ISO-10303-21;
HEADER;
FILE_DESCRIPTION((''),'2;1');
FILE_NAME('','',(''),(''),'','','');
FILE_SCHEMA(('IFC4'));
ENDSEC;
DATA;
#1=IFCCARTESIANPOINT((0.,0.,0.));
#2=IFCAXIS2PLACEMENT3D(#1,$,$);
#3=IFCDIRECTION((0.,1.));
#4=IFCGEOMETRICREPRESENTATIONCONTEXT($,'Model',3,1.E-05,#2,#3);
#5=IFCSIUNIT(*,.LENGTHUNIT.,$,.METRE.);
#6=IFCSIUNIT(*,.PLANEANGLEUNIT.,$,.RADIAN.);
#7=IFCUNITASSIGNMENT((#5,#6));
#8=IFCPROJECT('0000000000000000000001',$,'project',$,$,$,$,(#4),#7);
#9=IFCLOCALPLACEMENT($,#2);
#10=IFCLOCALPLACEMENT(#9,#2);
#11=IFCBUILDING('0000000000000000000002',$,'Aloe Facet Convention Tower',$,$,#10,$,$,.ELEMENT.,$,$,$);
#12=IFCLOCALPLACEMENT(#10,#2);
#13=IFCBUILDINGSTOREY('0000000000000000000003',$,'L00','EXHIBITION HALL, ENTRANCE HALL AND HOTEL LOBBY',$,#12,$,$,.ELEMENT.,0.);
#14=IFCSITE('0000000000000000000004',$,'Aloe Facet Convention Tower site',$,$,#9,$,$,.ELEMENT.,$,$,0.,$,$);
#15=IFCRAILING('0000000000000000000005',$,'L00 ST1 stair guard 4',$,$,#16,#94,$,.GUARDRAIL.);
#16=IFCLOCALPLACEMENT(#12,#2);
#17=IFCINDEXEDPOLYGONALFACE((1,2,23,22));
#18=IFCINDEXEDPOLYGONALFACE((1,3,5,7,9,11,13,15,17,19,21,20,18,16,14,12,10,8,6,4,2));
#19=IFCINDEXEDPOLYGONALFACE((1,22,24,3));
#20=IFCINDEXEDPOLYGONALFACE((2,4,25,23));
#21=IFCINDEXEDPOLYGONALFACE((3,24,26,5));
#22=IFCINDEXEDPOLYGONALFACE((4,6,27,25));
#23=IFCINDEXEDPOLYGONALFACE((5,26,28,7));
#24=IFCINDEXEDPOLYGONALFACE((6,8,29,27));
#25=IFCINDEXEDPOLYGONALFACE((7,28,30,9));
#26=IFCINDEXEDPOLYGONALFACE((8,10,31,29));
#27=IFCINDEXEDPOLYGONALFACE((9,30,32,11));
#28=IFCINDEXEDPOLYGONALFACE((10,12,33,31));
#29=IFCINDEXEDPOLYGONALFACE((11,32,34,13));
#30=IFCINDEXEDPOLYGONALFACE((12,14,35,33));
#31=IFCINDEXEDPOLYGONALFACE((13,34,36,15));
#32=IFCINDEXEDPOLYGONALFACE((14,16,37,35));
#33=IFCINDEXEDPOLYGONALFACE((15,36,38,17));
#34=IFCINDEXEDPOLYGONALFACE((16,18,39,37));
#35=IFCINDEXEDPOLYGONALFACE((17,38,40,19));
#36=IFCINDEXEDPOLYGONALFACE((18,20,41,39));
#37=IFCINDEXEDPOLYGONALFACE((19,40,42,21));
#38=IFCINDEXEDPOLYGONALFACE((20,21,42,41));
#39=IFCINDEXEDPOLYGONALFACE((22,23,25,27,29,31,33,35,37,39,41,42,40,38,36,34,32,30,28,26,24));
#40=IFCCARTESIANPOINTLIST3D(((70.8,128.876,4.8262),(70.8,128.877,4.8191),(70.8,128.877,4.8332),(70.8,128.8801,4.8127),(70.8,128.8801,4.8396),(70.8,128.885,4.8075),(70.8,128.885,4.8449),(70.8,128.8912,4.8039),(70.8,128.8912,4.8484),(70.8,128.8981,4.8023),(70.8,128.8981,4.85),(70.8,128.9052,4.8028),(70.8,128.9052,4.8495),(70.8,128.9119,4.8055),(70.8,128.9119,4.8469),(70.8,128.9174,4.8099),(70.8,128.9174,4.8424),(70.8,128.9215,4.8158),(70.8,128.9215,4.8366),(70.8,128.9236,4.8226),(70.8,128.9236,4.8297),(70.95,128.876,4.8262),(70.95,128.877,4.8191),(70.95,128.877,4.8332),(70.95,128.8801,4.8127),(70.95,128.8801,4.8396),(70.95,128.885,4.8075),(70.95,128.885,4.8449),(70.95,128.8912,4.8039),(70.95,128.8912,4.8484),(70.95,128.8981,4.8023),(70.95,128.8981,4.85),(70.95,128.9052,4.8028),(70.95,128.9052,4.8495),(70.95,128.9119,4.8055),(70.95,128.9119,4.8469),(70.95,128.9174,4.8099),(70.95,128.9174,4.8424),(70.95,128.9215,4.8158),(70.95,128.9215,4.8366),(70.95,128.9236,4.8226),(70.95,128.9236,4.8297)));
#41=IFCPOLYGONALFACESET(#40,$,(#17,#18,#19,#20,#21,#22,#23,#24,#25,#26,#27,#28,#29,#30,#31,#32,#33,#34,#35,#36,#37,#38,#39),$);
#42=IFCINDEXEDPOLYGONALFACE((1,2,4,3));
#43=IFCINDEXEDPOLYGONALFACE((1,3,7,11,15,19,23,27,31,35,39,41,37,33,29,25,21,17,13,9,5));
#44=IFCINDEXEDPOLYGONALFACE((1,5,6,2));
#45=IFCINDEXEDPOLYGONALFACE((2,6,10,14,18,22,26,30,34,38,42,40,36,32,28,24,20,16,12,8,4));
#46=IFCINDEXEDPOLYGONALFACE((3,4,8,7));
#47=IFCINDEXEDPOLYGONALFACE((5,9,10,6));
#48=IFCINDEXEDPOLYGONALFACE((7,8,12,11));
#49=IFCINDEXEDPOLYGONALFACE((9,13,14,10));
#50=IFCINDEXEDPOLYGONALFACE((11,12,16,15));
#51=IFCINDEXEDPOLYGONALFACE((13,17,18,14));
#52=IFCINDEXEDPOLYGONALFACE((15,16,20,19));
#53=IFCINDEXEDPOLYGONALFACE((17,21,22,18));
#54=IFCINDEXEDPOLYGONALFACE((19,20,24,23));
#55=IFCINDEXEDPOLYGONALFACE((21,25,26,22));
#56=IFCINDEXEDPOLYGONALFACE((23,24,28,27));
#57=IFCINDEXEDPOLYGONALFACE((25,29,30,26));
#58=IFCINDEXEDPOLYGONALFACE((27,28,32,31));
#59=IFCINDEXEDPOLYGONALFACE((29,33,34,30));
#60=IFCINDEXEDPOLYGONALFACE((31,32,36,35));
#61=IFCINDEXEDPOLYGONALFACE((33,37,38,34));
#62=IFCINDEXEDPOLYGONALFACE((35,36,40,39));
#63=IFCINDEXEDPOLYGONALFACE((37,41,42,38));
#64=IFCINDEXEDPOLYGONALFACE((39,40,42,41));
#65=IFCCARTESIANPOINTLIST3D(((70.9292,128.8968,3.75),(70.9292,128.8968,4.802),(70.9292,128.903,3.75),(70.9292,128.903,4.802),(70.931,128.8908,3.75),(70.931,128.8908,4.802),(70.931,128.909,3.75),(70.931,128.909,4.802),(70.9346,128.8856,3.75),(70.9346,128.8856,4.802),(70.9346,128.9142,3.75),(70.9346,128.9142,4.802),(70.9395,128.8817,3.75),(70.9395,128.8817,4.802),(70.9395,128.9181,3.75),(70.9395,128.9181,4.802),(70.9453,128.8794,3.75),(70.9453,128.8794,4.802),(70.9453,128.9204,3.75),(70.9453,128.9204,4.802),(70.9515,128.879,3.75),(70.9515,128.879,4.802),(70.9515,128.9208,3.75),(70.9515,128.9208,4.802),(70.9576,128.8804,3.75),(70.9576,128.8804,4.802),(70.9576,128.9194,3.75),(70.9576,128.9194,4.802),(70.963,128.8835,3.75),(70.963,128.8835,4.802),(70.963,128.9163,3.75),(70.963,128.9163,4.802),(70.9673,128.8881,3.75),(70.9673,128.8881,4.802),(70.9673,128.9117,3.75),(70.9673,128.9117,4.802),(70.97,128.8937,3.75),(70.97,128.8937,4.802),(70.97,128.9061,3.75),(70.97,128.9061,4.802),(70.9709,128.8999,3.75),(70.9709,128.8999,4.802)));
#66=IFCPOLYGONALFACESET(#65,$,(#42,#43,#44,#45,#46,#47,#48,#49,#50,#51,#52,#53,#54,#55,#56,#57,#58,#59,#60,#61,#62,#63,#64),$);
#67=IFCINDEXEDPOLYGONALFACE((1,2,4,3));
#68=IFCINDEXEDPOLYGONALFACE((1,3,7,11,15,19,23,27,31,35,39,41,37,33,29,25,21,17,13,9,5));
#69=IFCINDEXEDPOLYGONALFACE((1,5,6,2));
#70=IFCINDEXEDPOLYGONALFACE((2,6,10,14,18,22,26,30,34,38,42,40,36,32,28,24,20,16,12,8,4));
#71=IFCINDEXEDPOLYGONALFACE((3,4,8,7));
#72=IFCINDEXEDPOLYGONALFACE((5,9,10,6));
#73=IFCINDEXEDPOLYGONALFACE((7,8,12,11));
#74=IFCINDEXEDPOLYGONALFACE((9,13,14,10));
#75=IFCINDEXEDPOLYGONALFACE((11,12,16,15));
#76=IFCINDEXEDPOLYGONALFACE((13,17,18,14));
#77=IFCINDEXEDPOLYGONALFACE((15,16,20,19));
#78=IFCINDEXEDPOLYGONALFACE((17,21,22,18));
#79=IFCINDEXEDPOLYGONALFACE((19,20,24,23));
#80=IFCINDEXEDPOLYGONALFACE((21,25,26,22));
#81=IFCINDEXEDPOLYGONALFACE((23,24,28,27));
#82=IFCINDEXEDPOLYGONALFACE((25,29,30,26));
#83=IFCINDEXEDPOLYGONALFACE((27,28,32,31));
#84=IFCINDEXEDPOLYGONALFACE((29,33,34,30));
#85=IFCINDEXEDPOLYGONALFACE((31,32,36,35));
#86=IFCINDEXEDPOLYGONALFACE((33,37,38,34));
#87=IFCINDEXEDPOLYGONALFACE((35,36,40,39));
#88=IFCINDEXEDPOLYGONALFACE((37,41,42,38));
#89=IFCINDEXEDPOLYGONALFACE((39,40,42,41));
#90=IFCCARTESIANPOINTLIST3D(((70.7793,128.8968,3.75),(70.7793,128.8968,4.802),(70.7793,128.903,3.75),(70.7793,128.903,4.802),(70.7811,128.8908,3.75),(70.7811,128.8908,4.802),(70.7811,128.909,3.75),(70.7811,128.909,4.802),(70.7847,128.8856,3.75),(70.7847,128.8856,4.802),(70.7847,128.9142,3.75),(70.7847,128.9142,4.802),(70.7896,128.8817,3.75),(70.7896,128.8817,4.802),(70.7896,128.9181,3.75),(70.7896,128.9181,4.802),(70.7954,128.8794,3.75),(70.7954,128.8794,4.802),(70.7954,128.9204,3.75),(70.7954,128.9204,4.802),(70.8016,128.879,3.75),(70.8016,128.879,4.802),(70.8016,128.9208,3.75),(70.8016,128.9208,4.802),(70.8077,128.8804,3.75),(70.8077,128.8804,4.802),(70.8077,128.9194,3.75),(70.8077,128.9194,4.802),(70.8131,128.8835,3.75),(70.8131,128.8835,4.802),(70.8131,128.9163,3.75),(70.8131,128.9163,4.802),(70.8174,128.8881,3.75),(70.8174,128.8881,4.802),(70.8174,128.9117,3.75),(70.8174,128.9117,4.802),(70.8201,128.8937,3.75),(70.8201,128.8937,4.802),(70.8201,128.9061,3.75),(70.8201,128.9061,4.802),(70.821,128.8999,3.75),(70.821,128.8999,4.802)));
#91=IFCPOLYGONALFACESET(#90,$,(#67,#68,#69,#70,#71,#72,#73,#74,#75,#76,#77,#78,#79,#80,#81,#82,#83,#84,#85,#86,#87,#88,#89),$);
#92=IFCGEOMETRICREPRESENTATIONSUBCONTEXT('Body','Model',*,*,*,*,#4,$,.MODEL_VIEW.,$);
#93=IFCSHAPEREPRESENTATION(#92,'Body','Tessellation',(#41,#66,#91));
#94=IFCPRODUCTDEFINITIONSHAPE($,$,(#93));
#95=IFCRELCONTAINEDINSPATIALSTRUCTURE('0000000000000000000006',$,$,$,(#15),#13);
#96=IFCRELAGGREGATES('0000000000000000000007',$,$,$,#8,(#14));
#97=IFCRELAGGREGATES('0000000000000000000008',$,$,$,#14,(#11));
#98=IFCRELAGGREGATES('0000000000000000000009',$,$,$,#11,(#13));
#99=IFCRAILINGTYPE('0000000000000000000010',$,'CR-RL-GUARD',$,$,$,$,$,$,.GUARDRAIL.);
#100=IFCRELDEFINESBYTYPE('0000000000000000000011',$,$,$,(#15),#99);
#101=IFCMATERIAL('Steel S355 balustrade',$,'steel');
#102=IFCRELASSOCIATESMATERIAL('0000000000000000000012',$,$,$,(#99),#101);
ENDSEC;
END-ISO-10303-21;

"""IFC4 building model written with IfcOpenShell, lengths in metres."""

from ifc_helpers import new_model, si_unit, direction, frame, origin, origin_2d, place, context, subcontext, project, spatial, circle, extrude, material, type_object, element, save


model = new_model("IFC4")

# Units and contexts
model_context = context("Model", 3, precision=1e-05, world=origin(), true_north=direction((0.0, 1.0)))
body_context = subcontext(model_context, "Body", "Model", "MODEL_VIEW")
ifc_project = project(units=[si_unit("LENGTHUNIT", "METRE"), si_unit("PLANEANGLEUNIT", "RADIAN")], contexts=[model_context])

# Site, building, storey
site_placement = place(None, origin())
site = spatial("IfcSite", under=ifc_project, at=site_placement, Name="Aloe Facet Convention Tower site", CompositionType="ELEMENT", RefElevation=0.0)
building_placement = place(site_placement, origin())
building = spatial("IfcBuilding", under=site, at=building_placement, Name="Aloe Facet Convention Tower", CompositionType="ELEMENT")
storey_placement = place(building_placement, origin())
storey = spatial("IfcBuildingStorey", under=building, at=storey_placement, Name="L00", Description="EXHIBITION HALL, ENTRANCE HALL AND HOTEL LOBBY", CompositionType="ELEMENT", Elevation=0.0)

# Railing
ifc_material_1 = material(Name="Steel S355 balustrade", Category="steel")
railing_type = type_object("IfcRailingType", Name="CR-RL-GUARD", PredefinedType="GUARDRAIL", material=ifc_material_1)
railing_1_placement = place(storey_placement, frame((70.95, 128.8999, 3.75)))
element("IfcRailing", 1, at=railing_1_placement, inside=storey, type_object=railing_type, Name="L00 ST1 stair guard 4", PredefinedType="GUARDRAIL", context=body_context, shape_type="SweptSolid", body=[
    extrude(circle(Radius=0.0239, at=origin_2d()), frame((0.0, 0.0, 1.0762), z_axis=(-1.0, 0.0, 0.0), x_axis=(0.0, -1.0, 0.0)), (0.0, 0.0, 1.0), 0.1499),
    extrude(circle(Radius=0.021, at=origin_2d()), origin(), (0.0, 0.0, 1.0), 1.052),
    extrude(circle(Radius=0.021, at=origin_2d()), frame((-0.1499, 0.0, 0.0)), (0.0, 0.0, 1.0), 1.052),
])

save(model, "model.ifc")
